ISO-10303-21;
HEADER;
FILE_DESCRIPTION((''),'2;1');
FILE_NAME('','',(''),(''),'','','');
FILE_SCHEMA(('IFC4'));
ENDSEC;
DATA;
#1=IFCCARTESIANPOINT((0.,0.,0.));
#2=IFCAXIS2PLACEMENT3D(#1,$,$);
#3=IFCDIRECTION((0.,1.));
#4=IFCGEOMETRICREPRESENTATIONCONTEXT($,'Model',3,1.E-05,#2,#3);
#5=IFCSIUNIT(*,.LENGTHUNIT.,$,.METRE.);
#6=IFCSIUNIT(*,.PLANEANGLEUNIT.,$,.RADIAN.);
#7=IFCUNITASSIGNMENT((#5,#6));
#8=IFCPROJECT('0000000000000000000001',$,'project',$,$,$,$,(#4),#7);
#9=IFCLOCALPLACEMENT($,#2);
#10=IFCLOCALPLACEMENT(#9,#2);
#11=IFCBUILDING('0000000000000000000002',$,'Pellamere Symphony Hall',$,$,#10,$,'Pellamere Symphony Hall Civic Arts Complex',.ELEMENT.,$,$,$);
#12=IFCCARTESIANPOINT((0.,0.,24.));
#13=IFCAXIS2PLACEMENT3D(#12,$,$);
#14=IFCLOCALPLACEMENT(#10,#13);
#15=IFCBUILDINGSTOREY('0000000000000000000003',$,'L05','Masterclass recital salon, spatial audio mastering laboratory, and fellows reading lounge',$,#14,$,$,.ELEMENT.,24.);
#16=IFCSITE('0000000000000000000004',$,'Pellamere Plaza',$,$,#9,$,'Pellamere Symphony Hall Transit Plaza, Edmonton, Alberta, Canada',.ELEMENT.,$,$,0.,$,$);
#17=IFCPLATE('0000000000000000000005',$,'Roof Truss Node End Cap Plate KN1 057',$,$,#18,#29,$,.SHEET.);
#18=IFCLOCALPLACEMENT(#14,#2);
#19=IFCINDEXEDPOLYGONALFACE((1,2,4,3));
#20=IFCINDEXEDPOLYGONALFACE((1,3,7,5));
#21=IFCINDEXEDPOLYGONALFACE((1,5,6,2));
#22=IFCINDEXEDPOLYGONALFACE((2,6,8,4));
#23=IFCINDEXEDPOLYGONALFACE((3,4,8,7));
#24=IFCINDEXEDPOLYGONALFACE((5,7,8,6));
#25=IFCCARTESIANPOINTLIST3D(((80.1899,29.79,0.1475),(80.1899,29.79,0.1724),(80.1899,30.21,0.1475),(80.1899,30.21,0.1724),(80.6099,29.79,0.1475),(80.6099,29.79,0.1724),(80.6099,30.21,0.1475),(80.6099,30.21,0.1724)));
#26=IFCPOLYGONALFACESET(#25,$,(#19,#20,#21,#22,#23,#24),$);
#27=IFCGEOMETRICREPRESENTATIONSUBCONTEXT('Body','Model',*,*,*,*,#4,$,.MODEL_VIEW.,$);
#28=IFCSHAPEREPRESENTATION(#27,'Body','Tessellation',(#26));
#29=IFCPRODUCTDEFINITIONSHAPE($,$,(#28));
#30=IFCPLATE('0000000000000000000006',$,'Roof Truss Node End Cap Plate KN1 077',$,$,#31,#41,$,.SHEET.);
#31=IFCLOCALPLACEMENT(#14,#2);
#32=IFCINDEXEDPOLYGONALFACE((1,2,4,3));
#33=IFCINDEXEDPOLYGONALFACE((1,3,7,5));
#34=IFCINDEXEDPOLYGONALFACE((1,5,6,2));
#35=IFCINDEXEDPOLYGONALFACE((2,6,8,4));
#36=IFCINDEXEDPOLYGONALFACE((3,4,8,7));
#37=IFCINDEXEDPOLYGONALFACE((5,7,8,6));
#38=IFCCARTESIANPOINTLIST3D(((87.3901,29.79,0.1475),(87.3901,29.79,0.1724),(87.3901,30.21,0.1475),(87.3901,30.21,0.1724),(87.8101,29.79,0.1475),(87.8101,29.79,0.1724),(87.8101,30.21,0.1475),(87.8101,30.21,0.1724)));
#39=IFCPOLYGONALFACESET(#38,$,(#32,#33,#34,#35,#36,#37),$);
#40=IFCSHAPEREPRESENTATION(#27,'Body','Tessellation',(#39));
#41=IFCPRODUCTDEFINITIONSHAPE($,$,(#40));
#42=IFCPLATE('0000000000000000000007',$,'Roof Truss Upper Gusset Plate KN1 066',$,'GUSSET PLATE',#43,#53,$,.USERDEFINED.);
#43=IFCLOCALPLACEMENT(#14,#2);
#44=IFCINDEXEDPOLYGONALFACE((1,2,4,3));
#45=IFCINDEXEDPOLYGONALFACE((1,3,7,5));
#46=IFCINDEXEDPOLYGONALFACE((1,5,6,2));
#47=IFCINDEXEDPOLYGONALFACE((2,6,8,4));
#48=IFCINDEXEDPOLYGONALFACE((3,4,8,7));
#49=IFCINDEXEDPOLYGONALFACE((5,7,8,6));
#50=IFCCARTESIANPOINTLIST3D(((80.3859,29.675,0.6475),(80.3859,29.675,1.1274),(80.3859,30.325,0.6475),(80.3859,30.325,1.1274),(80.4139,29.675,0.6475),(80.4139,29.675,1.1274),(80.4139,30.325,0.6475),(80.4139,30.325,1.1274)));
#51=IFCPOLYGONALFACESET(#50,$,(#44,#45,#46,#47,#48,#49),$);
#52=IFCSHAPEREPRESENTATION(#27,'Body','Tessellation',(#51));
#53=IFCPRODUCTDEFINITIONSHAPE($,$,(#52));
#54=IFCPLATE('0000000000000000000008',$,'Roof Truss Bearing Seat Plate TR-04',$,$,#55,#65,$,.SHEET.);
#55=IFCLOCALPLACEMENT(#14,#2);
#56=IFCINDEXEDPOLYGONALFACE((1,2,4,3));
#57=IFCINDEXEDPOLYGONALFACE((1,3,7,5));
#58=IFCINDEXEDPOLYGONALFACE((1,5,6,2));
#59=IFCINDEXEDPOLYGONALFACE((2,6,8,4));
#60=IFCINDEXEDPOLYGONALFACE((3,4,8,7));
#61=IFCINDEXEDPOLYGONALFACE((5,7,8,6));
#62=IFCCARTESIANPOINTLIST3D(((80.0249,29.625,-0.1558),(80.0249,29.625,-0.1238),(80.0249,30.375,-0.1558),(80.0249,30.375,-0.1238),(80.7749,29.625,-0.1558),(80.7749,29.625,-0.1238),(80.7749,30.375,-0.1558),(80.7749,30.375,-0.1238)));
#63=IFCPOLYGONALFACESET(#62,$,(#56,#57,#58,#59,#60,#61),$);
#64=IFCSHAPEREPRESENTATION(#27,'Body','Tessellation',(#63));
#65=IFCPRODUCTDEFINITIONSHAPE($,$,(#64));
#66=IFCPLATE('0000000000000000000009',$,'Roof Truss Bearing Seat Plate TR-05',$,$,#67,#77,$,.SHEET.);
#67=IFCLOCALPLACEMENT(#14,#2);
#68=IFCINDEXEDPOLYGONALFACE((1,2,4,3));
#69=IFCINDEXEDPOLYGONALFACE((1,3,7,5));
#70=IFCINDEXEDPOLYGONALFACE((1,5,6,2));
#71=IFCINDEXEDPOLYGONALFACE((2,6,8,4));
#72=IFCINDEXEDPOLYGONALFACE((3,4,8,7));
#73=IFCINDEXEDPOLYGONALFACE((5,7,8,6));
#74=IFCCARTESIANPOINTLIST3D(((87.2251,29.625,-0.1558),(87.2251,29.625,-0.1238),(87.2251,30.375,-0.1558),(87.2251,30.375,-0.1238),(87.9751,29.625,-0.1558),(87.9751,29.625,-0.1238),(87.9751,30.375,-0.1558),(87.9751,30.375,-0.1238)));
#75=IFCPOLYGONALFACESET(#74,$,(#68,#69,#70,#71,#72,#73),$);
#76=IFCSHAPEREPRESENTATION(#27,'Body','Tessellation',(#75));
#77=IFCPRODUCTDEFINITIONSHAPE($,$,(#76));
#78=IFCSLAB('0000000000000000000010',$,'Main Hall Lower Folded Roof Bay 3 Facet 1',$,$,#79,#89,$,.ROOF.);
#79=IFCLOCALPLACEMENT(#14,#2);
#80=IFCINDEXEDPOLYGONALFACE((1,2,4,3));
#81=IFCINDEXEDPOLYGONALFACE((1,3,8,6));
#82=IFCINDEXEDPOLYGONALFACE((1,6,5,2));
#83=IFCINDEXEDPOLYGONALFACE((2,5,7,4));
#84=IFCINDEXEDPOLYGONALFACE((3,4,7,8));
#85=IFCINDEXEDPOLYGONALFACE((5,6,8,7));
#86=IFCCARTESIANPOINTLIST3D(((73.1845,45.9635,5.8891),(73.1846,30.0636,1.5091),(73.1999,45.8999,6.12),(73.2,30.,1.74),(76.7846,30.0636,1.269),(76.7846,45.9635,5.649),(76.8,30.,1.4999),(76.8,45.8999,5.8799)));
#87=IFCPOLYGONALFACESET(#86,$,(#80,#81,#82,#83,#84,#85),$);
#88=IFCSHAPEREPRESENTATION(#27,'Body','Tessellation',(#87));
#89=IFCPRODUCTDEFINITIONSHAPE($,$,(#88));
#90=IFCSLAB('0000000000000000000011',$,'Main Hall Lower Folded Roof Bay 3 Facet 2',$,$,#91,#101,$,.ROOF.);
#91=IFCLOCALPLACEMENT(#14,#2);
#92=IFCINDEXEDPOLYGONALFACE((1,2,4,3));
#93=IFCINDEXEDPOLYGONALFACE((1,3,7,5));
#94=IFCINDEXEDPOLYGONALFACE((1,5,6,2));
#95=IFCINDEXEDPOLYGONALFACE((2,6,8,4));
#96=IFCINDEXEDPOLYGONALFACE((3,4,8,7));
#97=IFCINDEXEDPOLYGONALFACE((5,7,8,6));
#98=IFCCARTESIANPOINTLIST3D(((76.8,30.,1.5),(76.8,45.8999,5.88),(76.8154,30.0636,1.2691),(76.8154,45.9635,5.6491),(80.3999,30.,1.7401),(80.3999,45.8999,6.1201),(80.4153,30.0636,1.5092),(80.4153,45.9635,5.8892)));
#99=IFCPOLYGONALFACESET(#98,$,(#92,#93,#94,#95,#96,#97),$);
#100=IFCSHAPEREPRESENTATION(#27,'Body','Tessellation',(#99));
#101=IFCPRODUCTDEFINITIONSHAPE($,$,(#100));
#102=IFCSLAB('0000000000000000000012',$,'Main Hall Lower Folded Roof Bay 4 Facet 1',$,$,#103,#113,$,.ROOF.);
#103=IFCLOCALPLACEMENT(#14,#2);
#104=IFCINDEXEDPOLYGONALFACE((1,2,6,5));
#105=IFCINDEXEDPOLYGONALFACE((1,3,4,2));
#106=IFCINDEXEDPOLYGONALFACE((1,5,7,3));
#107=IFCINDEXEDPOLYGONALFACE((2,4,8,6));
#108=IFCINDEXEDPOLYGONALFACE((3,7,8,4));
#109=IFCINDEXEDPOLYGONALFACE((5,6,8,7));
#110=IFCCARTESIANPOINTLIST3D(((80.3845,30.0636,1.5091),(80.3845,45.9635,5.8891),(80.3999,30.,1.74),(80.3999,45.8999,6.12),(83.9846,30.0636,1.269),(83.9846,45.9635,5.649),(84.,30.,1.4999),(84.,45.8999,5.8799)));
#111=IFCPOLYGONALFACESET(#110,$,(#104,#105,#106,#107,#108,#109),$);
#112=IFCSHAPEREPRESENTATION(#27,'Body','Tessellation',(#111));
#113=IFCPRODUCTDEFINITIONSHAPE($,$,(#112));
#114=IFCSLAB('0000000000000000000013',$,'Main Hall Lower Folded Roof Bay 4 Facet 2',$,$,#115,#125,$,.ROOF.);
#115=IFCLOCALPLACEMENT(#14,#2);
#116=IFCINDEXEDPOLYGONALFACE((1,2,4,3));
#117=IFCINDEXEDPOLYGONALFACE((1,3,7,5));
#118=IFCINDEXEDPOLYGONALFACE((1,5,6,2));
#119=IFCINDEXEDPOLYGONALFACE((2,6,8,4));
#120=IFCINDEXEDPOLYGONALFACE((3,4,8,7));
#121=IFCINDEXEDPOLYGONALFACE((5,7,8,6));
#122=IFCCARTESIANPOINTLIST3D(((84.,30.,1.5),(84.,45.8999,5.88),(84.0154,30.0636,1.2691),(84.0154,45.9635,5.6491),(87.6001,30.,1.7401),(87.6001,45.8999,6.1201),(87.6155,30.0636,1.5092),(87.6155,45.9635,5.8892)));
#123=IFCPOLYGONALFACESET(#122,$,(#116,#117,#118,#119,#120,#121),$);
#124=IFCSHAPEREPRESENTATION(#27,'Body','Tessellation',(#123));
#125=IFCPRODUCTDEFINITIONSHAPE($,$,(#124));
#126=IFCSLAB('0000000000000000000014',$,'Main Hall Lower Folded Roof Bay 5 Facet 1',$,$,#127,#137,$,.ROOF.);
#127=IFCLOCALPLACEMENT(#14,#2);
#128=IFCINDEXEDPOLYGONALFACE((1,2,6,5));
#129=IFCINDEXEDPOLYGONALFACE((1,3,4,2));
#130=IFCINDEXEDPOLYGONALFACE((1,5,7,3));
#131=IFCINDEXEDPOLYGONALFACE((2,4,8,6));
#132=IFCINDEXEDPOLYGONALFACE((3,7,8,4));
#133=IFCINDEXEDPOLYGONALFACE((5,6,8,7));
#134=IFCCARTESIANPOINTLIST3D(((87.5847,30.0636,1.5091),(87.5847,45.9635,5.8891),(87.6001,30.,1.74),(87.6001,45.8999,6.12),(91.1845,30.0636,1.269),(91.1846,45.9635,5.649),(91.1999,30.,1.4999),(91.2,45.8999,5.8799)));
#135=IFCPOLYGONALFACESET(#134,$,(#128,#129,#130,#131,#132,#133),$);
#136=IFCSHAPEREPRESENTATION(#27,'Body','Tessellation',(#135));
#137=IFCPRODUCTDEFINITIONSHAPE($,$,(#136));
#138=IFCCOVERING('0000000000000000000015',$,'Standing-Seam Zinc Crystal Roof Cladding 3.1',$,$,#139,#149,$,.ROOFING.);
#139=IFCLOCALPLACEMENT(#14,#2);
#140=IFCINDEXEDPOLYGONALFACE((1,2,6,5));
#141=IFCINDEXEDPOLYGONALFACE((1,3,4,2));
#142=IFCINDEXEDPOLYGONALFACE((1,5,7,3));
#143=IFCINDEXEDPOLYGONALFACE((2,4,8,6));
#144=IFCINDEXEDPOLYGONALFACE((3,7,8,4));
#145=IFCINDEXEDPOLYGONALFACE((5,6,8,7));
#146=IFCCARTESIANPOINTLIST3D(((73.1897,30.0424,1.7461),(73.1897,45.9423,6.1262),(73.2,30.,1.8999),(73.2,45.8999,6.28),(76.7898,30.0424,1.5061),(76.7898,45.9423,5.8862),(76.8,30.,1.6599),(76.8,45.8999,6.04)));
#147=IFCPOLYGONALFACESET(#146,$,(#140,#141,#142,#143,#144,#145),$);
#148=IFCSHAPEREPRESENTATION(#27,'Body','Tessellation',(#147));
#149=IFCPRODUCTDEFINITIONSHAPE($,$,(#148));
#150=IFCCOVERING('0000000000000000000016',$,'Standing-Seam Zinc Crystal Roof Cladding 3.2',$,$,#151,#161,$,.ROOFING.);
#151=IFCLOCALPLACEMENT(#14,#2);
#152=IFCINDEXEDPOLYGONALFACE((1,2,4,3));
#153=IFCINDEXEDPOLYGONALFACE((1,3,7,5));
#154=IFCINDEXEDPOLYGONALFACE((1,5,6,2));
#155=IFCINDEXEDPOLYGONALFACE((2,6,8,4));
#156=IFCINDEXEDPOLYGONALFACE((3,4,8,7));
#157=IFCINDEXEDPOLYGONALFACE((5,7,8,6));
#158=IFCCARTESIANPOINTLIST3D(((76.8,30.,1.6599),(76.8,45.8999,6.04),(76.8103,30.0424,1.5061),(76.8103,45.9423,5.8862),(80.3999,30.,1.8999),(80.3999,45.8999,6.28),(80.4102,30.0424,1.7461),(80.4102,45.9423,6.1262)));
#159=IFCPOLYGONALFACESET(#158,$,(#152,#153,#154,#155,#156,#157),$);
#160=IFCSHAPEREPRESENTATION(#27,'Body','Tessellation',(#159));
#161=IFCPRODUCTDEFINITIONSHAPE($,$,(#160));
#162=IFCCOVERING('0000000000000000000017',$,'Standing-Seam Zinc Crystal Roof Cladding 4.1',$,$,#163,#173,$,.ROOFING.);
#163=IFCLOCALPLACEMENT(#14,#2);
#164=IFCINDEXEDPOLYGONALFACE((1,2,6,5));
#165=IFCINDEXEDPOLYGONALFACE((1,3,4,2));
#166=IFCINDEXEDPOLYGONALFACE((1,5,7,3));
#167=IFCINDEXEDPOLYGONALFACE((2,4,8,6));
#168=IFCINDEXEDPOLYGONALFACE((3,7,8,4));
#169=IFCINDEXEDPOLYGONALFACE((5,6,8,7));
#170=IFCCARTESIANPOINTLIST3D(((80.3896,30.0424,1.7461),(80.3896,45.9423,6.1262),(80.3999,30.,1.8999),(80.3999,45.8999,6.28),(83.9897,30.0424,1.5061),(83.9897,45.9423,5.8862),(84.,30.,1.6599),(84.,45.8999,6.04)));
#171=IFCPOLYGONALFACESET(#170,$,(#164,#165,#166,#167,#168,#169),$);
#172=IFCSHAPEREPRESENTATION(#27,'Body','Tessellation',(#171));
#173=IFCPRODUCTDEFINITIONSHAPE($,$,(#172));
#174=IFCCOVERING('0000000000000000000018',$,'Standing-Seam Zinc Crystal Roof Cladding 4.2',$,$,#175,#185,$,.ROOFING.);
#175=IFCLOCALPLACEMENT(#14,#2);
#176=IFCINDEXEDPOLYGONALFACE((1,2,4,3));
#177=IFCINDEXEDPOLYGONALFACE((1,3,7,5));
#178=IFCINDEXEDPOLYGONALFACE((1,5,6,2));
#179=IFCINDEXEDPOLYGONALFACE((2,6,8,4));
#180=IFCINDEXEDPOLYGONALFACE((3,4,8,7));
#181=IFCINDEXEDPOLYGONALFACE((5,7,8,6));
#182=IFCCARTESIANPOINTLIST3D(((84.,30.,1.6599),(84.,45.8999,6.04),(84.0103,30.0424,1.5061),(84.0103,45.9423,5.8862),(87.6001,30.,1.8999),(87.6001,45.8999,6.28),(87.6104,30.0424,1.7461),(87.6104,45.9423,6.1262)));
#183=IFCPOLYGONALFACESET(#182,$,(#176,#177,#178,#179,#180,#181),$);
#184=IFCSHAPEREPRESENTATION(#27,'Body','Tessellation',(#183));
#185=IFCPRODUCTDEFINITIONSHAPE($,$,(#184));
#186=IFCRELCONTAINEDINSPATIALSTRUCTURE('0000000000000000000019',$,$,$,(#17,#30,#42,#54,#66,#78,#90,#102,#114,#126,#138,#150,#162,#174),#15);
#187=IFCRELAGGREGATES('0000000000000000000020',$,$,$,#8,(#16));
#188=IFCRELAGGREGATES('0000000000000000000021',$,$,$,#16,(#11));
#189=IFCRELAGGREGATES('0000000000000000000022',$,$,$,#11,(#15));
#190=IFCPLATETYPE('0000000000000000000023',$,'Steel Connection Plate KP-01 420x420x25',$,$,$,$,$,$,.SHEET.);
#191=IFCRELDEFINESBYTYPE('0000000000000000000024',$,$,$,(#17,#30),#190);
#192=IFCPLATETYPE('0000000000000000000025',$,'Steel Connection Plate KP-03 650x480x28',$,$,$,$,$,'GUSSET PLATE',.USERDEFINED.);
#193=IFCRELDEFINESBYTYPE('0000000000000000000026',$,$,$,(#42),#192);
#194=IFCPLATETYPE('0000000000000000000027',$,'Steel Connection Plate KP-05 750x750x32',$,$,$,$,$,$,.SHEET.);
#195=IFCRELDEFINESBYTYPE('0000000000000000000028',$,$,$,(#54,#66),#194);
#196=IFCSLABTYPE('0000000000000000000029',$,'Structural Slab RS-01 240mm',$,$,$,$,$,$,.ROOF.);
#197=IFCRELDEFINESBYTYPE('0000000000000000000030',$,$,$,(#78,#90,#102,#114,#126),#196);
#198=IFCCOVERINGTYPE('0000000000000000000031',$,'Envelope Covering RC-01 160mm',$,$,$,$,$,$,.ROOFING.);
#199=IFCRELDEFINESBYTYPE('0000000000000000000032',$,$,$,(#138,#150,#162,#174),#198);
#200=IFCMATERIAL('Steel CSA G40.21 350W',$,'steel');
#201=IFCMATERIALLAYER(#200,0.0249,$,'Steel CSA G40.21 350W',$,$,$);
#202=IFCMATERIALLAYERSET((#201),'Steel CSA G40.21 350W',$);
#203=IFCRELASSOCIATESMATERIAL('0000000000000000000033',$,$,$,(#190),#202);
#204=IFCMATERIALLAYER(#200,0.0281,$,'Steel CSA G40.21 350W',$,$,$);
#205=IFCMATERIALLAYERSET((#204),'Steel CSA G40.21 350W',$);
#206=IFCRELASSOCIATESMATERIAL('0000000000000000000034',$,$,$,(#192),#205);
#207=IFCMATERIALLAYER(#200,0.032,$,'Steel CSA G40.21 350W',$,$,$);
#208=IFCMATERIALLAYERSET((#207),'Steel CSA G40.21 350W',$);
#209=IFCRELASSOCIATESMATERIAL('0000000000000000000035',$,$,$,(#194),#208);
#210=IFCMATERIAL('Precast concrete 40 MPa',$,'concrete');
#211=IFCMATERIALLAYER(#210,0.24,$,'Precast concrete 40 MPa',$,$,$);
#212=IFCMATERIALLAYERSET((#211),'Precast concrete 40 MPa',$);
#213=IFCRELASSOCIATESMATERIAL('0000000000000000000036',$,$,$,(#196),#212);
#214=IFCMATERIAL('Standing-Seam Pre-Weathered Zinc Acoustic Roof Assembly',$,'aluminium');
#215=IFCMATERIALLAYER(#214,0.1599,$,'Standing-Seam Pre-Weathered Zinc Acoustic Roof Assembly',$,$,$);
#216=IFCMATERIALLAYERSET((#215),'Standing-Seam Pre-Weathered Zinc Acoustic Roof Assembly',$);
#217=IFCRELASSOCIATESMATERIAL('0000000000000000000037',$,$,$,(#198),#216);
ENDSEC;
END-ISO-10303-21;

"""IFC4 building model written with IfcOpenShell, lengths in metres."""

from ifc_helpers import new_model, si_unit, direction, frame, origin, origin_2d, place, context, subcontext, project, spatial, polyline, rectangle, outline, extrude, material, layer, layer_set, type_object, element, save


model = new_model("IFC4")

# Units and contexts
model_context = context("Model", 3, precision=1e-05, world=origin(), true_north=direction((0.0, 1.0)))
body_context = subcontext(model_context, "Body", "Model", "MODEL_VIEW")
ifc_project = project(units=[si_unit("LENGTHUNIT", "METRE"), si_unit("PLANEANGLEUNIT", "RADIAN")], contexts=[model_context])

# Site, building, storey
site_placement = place(None, origin())
site = spatial("IfcSite", under=ifc_project, at=site_placement, Name="Pellamere Plaza", LongName="Pellamere Symphony Hall Transit Plaza, Edmonton, Alberta, Canada", CompositionType="ELEMENT", RefElevation=0.0)
building_placement = place(site_placement, origin())
building = spatial("IfcBuilding", under=site, at=building_placement, Name="Pellamere Symphony Hall", LongName="Pellamere Symphony Hall Civic Arts Complex", CompositionType="ELEMENT")
storey_placement = place(building_placement, frame((0.0, 0.0, 24.0)))
storey = spatial("IfcBuildingStorey", under=building, at=storey_placement, Name="L05", Description="Masterclass recital salon, spatial audio mastering laboratory, and fellows reading lounge", CompositionType="ELEMENT", Elevation=24.0)

# Shared definitions
ifc_material_1 = material(Name="Steel CSA G40.21 350W", Category="steel")

# Plates
ifc_layer_1 = layer(ifc_material_1, 0.0249, Name="Steel CSA G40.21 350W")
ifc_layer_set_1 = layer_set([ifc_layer_1], Name="Steel CSA G40.21 350W")
plate_type_1 = type_object("IfcPlateType", Name="Steel Connection Plate KP-01 420x420x25", PredefinedType="SHEET", material=ifc_layer_set_1)
for number, where, z_axis, x_axis, name in (
    (1, (80.3999, 30.0, 0.1475), (0.0, 0.0, 1.0), (1.0, 0.0, 0.0), "Roof Truss Node End Cap Plate KN1 057"),
    (2, (87.6001, 30.0, 0.1475), (0.0, 0.0, 1.0), (1.0, 0.0, 0.0), "Roof Truss Node End Cap Plate KN1 077"),
):
    element("IfcPlate", number, at=place(storey_placement, frame(where, z_axis=z_axis, x_axis=x_axis)), inside=storey, type_object=plate_type_1, Name=name, PredefinedType="SHEET", context=body_context, shape_type="SweptSolid", body=[
        extrude(rectangle(XDim=0.4199, YDim=0.4199, at=origin_2d()), origin(), (0.0, 0.0, 1.0), 0.0249),
    ])
ifc_layer_2 = layer(ifc_material_1, 0.0281, Name="Steel CSA G40.21 350W")
ifc_layer_set_2 = layer_set([ifc_layer_2], Name="Steel CSA G40.21 350W")
plate_type_2 = type_object("IfcPlateType", Name="Steel Connection Plate KP-03 650x480x28", ElementType="GUSSET PLATE", PredefinedType="USERDEFINED", material=ifc_layer_set_2)
plate_placement = place(storey_placement, frame((80.3999, 30.0, 0.6475), z_axis=(0.0, 0.0, 1.0), x_axis=(1.0, 0.0, 0.0)))
element("IfcPlate", 3, at=plate_placement, inside=storey, type_object=plate_type_2, Name="Roof Truss Upper Gusset Plate KN1 066", ObjectType="GUSSET PLATE", PredefinedType="USERDEFINED", context=body_context, shape_type="SweptSolid", body=[
    extrude(rectangle(XDim=0.0281, YDim=0.6499, at=origin_2d()), origin(), (0.0, 0.0, 1.0), 0.48),
])
ifc_layer_3 = layer(ifc_material_1, 0.032, Name="Steel CSA G40.21 350W")
ifc_layer_set_3 = layer_set([ifc_layer_3], Name="Steel CSA G40.21 350W")
plate_type_3 = type_object("IfcPlateType", Name="Steel Connection Plate KP-05 750x750x32", PredefinedType="SHEET", material=ifc_layer_set_3)
for number, where, z_axis, x_axis, name in (
    (4, (80.3999, 30.0, -0.1558), (0.0, 0.0, 1.0), (1.0, 0.0, 0.0), "Roof Truss Bearing Seat Plate TR-04"),
    (5, (87.6001, 30.0, -0.1558), (0.0, 0.0, 1.0), (1.0, 0.0, 0.0), "Roof Truss Bearing Seat Plate TR-05"),
):
    element("IfcPlate", number, at=place(storey_placement, frame(where, z_axis=z_axis, x_axis=x_axis)), inside=storey, type_object=plate_type_3, Name=name, PredefinedType="SHEET", context=body_context, shape_type="SweptSolid", body=[
        extrude(rectangle(XDim=0.75, YDim=0.75, at=origin_2d()), origin(), (0.0, 0.0, 1.0), 0.032),
    ])

# Slabs
ifc_material_2 = material(Name="Precast concrete 40 MPa", Category="concrete")
ifc_layer_4 = layer(ifc_material_2, 0.24, Name="Precast concrete 40 MPa")
ifc_layer_set_4 = layer_set([ifc_layer_4], Name="Precast concrete 40 MPa")
slab_type = type_object("IfcSlabType", Name="Structural Slab RS-01 240mm", PredefinedType="ROOF", material=ifc_layer_set_4)
slab_1_placement = place(storey_placement, frame((73.2, 30.0, 1.74), z_axis=(0.064168, -0.265034, 0.962102), x_axis=(0.997783, 0.000009, -0.066546)))
element("IfcSlab", 6, at=slab_1_placement, inside=storey, type_object=slab_type, Name="Main Hall Lower Folded Roof Bay 3 Facet 1", PredefinedType="ROOF", context=body_context, shape_type="SweptSolid", body=[
    extrude(outline(polyline([(0.0, 0.0), (3.6081, 0.0), (3.3168, 16.4896), (-0.2913, 16.4896), (0.0, 0.0)])), origin(), (0.0, 0.0, -1.0), 0.24),
])
slab_2_placement = place(storey_placement, frame((76.8, 30.0, 1.5), z_axis=(-0.064173, -0.265034, 0.962101), x_axis=(0.997783, -0.000009, 0.06655)))
element("IfcSlab", 7, at=slab_2_placement, inside=storey, type_object=slab_type, Name="Main Hall Lower Folded Roof Bay 3 Facet 2", PredefinedType="ROOF", context=body_context, shape_type="SweptSolid", body=[
    extrude(outline(polyline([(0.0, 0.0), (3.6078, 0.0), (3.8992, 16.4896), (0.2913, 16.4896), (0.0, 0.0)])), origin(), (0.0, 0.0, -1.0), 0.24),
])
slab_3_placement = place(storey_placement, frame((80.3999, 30.0, 1.74), z_axis=(0.064168, -0.265034, 0.962102), x_axis=(0.997783, 0.000009, -0.066546)))
element("IfcSlab", 8, at=slab_3_placement, inside=storey, type_object=slab_type, Name="Main Hall Lower Folded Roof Bay 4 Facet 1", PredefinedType="ROOF", context=body_context, shape_type="SweptSolid", body=[
    extrude(outline(polyline([(0.0, 0.0), (3.6081, 0.0), (3.3168, 16.4896), (-0.2913, 16.4896), (0.0, 0.0)])), origin(), (0.0, 0.0, -1.0), 0.24),
])
slab_4_placement = place(storey_placement, frame((84.0, 30.0, 1.5), z_axis=(-0.064168, -0.265034, 0.962102), x_axis=(0.997783, -0.000009, 0.066546)))
element("IfcSlab", 9, at=slab_4_placement, inside=storey, type_object=slab_type, Name="Main Hall Lower Folded Roof Bay 4 Facet 2", PredefinedType="ROOF", context=body_context, shape_type="SweptSolid", body=[
    extrude(outline(polyline([(0.0, 0.0), (3.6081, 0.0), (3.8994, 16.4896), (0.2913, 16.4896), (0.0, 0.0)])), origin(), (0.0, 0.0, -1.0), 0.24),
])
slab_5_placement = place(storey_placement, frame((87.6001, 30.0, 1.74), z_axis=(0.064173, -0.265034, 0.962101), x_axis=(0.997783, 0.000009, -0.06655)))
element("IfcSlab", 10, at=slab_5_placement, inside=storey, type_object=slab_type, Name="Main Hall Lower Folded Roof Bay 5 Facet 1", PredefinedType="ROOF", context=body_context, shape_type="SweptSolid", body=[
    extrude(outline(polyline([(0.0, 0.0), (3.6078, 0.0), (3.3165, 16.4896), (-0.2914, 16.4896), (0.0, 0.0)])), origin(), (0.0, 0.0, -1.0), 0.24),
])

# Coverings
ifc_material_3 = material(Name="Standing-Seam Pre-Weathered Zinc Acoustic Roof Assembly", Category="aluminium")
ifc_layer_5 = layer(ifc_material_3, 0.1599, Name="Standing-Seam Pre-Weathered Zinc Acoustic Roof Assembly")
ifc_layer_set_5 = layer_set([ifc_layer_5], Name="Standing-Seam Pre-Weathered Zinc Acoustic Roof Assembly")
covering_type = type_object("IfcCoveringType", Name="Envelope Covering RC-01 160mm", PredefinedType="ROOFING", material=ifc_layer_set_5)
covering_1_placement = place(storey_placement, frame((73.2, 30.0, 1.8999), z_axis=(0.064136, -0.265041, 0.962102), x_axis=(0.997785, 0.0, -0.066515)))
element("IfcCovering", 11, at=covering_1_placement, inside=storey, type_object=covering_type, Name="Standing-Seam Zinc Crystal Roof Cladding 3.1", PredefinedType="ROOFING", context=body_context, shape_type="SweptSolid", body=[
    extrude(outline(polyline([(0.0, 0.0), (3.6081, 0.0), (3.3167, 16.4896), (-0.2913, 16.4896), (0.0, 0.0)])), origin(), (0.0, 0.0, -1.0), 0.1599),
])
covering_2_placement = place(storey_placement, frame((76.8, 30.0, 1.6599), z_axis=(-0.06414, -0.265041, 0.962101), x_axis=(0.997785, 0.0, 0.066519)))
element("IfcCovering", 12, at=covering_2_placement, inside=storey, type_object=covering_type, Name="Standing-Seam Zinc Crystal Roof Cladding 3.2", PredefinedType="ROOFING", context=body_context, shape_type="SweptSolid", body=[
    extrude(outline(polyline([(0.0, 0.0), (3.6078, 0.0), (3.8992, 16.4896), (0.2914, 16.4896), (0.0, 0.0)])), origin(), (0.0, 0.0, -1.0), 0.1599),
])
covering_3_placement = place(storey_placement, frame((80.3999, 30.0, 1.8999), z_axis=(0.064136, -0.265041, 0.962102), x_axis=(0.997785, 0.0, -0.066515)))
element("IfcCovering", 13, at=covering_3_placement, inside=storey, type_object=covering_type, Name="Standing-Seam Zinc Crystal Roof Cladding 4.1", PredefinedType="ROOFING", context=body_context, shape_type="SweptSolid", body=[
    extrude(outline(polyline([(0.0, 0.0), (3.6081, 0.0), (3.3167, 16.4896), (-0.2913, 16.4896), (0.0, 0.0)])), origin(), (0.0, 0.0, -1.0), 0.1599),
])
covering_4_placement = place(storey_placement, frame((84.0, 30.0, 1.6599), z_axis=(-0.064136, -0.265041, 0.962102), x_axis=(0.997785, 0.0, 0.066515)))
element("IfcCovering", 14, at=covering_4_placement, inside=storey, type_object=covering_type, Name="Standing-Seam Zinc Crystal Roof Cladding 4.2", PredefinedType="ROOFING", context=body_context, shape_type="SweptSolid", body=[
    extrude(outline(polyline([(0.0, 0.0), (3.6081, 0.0), (3.8994, 16.4896), (0.2913, 16.4896), (0.0, 0.0)])), origin(), (0.0, 0.0, -1.0), 0.1599),
])

save(model, "model.ifc")
